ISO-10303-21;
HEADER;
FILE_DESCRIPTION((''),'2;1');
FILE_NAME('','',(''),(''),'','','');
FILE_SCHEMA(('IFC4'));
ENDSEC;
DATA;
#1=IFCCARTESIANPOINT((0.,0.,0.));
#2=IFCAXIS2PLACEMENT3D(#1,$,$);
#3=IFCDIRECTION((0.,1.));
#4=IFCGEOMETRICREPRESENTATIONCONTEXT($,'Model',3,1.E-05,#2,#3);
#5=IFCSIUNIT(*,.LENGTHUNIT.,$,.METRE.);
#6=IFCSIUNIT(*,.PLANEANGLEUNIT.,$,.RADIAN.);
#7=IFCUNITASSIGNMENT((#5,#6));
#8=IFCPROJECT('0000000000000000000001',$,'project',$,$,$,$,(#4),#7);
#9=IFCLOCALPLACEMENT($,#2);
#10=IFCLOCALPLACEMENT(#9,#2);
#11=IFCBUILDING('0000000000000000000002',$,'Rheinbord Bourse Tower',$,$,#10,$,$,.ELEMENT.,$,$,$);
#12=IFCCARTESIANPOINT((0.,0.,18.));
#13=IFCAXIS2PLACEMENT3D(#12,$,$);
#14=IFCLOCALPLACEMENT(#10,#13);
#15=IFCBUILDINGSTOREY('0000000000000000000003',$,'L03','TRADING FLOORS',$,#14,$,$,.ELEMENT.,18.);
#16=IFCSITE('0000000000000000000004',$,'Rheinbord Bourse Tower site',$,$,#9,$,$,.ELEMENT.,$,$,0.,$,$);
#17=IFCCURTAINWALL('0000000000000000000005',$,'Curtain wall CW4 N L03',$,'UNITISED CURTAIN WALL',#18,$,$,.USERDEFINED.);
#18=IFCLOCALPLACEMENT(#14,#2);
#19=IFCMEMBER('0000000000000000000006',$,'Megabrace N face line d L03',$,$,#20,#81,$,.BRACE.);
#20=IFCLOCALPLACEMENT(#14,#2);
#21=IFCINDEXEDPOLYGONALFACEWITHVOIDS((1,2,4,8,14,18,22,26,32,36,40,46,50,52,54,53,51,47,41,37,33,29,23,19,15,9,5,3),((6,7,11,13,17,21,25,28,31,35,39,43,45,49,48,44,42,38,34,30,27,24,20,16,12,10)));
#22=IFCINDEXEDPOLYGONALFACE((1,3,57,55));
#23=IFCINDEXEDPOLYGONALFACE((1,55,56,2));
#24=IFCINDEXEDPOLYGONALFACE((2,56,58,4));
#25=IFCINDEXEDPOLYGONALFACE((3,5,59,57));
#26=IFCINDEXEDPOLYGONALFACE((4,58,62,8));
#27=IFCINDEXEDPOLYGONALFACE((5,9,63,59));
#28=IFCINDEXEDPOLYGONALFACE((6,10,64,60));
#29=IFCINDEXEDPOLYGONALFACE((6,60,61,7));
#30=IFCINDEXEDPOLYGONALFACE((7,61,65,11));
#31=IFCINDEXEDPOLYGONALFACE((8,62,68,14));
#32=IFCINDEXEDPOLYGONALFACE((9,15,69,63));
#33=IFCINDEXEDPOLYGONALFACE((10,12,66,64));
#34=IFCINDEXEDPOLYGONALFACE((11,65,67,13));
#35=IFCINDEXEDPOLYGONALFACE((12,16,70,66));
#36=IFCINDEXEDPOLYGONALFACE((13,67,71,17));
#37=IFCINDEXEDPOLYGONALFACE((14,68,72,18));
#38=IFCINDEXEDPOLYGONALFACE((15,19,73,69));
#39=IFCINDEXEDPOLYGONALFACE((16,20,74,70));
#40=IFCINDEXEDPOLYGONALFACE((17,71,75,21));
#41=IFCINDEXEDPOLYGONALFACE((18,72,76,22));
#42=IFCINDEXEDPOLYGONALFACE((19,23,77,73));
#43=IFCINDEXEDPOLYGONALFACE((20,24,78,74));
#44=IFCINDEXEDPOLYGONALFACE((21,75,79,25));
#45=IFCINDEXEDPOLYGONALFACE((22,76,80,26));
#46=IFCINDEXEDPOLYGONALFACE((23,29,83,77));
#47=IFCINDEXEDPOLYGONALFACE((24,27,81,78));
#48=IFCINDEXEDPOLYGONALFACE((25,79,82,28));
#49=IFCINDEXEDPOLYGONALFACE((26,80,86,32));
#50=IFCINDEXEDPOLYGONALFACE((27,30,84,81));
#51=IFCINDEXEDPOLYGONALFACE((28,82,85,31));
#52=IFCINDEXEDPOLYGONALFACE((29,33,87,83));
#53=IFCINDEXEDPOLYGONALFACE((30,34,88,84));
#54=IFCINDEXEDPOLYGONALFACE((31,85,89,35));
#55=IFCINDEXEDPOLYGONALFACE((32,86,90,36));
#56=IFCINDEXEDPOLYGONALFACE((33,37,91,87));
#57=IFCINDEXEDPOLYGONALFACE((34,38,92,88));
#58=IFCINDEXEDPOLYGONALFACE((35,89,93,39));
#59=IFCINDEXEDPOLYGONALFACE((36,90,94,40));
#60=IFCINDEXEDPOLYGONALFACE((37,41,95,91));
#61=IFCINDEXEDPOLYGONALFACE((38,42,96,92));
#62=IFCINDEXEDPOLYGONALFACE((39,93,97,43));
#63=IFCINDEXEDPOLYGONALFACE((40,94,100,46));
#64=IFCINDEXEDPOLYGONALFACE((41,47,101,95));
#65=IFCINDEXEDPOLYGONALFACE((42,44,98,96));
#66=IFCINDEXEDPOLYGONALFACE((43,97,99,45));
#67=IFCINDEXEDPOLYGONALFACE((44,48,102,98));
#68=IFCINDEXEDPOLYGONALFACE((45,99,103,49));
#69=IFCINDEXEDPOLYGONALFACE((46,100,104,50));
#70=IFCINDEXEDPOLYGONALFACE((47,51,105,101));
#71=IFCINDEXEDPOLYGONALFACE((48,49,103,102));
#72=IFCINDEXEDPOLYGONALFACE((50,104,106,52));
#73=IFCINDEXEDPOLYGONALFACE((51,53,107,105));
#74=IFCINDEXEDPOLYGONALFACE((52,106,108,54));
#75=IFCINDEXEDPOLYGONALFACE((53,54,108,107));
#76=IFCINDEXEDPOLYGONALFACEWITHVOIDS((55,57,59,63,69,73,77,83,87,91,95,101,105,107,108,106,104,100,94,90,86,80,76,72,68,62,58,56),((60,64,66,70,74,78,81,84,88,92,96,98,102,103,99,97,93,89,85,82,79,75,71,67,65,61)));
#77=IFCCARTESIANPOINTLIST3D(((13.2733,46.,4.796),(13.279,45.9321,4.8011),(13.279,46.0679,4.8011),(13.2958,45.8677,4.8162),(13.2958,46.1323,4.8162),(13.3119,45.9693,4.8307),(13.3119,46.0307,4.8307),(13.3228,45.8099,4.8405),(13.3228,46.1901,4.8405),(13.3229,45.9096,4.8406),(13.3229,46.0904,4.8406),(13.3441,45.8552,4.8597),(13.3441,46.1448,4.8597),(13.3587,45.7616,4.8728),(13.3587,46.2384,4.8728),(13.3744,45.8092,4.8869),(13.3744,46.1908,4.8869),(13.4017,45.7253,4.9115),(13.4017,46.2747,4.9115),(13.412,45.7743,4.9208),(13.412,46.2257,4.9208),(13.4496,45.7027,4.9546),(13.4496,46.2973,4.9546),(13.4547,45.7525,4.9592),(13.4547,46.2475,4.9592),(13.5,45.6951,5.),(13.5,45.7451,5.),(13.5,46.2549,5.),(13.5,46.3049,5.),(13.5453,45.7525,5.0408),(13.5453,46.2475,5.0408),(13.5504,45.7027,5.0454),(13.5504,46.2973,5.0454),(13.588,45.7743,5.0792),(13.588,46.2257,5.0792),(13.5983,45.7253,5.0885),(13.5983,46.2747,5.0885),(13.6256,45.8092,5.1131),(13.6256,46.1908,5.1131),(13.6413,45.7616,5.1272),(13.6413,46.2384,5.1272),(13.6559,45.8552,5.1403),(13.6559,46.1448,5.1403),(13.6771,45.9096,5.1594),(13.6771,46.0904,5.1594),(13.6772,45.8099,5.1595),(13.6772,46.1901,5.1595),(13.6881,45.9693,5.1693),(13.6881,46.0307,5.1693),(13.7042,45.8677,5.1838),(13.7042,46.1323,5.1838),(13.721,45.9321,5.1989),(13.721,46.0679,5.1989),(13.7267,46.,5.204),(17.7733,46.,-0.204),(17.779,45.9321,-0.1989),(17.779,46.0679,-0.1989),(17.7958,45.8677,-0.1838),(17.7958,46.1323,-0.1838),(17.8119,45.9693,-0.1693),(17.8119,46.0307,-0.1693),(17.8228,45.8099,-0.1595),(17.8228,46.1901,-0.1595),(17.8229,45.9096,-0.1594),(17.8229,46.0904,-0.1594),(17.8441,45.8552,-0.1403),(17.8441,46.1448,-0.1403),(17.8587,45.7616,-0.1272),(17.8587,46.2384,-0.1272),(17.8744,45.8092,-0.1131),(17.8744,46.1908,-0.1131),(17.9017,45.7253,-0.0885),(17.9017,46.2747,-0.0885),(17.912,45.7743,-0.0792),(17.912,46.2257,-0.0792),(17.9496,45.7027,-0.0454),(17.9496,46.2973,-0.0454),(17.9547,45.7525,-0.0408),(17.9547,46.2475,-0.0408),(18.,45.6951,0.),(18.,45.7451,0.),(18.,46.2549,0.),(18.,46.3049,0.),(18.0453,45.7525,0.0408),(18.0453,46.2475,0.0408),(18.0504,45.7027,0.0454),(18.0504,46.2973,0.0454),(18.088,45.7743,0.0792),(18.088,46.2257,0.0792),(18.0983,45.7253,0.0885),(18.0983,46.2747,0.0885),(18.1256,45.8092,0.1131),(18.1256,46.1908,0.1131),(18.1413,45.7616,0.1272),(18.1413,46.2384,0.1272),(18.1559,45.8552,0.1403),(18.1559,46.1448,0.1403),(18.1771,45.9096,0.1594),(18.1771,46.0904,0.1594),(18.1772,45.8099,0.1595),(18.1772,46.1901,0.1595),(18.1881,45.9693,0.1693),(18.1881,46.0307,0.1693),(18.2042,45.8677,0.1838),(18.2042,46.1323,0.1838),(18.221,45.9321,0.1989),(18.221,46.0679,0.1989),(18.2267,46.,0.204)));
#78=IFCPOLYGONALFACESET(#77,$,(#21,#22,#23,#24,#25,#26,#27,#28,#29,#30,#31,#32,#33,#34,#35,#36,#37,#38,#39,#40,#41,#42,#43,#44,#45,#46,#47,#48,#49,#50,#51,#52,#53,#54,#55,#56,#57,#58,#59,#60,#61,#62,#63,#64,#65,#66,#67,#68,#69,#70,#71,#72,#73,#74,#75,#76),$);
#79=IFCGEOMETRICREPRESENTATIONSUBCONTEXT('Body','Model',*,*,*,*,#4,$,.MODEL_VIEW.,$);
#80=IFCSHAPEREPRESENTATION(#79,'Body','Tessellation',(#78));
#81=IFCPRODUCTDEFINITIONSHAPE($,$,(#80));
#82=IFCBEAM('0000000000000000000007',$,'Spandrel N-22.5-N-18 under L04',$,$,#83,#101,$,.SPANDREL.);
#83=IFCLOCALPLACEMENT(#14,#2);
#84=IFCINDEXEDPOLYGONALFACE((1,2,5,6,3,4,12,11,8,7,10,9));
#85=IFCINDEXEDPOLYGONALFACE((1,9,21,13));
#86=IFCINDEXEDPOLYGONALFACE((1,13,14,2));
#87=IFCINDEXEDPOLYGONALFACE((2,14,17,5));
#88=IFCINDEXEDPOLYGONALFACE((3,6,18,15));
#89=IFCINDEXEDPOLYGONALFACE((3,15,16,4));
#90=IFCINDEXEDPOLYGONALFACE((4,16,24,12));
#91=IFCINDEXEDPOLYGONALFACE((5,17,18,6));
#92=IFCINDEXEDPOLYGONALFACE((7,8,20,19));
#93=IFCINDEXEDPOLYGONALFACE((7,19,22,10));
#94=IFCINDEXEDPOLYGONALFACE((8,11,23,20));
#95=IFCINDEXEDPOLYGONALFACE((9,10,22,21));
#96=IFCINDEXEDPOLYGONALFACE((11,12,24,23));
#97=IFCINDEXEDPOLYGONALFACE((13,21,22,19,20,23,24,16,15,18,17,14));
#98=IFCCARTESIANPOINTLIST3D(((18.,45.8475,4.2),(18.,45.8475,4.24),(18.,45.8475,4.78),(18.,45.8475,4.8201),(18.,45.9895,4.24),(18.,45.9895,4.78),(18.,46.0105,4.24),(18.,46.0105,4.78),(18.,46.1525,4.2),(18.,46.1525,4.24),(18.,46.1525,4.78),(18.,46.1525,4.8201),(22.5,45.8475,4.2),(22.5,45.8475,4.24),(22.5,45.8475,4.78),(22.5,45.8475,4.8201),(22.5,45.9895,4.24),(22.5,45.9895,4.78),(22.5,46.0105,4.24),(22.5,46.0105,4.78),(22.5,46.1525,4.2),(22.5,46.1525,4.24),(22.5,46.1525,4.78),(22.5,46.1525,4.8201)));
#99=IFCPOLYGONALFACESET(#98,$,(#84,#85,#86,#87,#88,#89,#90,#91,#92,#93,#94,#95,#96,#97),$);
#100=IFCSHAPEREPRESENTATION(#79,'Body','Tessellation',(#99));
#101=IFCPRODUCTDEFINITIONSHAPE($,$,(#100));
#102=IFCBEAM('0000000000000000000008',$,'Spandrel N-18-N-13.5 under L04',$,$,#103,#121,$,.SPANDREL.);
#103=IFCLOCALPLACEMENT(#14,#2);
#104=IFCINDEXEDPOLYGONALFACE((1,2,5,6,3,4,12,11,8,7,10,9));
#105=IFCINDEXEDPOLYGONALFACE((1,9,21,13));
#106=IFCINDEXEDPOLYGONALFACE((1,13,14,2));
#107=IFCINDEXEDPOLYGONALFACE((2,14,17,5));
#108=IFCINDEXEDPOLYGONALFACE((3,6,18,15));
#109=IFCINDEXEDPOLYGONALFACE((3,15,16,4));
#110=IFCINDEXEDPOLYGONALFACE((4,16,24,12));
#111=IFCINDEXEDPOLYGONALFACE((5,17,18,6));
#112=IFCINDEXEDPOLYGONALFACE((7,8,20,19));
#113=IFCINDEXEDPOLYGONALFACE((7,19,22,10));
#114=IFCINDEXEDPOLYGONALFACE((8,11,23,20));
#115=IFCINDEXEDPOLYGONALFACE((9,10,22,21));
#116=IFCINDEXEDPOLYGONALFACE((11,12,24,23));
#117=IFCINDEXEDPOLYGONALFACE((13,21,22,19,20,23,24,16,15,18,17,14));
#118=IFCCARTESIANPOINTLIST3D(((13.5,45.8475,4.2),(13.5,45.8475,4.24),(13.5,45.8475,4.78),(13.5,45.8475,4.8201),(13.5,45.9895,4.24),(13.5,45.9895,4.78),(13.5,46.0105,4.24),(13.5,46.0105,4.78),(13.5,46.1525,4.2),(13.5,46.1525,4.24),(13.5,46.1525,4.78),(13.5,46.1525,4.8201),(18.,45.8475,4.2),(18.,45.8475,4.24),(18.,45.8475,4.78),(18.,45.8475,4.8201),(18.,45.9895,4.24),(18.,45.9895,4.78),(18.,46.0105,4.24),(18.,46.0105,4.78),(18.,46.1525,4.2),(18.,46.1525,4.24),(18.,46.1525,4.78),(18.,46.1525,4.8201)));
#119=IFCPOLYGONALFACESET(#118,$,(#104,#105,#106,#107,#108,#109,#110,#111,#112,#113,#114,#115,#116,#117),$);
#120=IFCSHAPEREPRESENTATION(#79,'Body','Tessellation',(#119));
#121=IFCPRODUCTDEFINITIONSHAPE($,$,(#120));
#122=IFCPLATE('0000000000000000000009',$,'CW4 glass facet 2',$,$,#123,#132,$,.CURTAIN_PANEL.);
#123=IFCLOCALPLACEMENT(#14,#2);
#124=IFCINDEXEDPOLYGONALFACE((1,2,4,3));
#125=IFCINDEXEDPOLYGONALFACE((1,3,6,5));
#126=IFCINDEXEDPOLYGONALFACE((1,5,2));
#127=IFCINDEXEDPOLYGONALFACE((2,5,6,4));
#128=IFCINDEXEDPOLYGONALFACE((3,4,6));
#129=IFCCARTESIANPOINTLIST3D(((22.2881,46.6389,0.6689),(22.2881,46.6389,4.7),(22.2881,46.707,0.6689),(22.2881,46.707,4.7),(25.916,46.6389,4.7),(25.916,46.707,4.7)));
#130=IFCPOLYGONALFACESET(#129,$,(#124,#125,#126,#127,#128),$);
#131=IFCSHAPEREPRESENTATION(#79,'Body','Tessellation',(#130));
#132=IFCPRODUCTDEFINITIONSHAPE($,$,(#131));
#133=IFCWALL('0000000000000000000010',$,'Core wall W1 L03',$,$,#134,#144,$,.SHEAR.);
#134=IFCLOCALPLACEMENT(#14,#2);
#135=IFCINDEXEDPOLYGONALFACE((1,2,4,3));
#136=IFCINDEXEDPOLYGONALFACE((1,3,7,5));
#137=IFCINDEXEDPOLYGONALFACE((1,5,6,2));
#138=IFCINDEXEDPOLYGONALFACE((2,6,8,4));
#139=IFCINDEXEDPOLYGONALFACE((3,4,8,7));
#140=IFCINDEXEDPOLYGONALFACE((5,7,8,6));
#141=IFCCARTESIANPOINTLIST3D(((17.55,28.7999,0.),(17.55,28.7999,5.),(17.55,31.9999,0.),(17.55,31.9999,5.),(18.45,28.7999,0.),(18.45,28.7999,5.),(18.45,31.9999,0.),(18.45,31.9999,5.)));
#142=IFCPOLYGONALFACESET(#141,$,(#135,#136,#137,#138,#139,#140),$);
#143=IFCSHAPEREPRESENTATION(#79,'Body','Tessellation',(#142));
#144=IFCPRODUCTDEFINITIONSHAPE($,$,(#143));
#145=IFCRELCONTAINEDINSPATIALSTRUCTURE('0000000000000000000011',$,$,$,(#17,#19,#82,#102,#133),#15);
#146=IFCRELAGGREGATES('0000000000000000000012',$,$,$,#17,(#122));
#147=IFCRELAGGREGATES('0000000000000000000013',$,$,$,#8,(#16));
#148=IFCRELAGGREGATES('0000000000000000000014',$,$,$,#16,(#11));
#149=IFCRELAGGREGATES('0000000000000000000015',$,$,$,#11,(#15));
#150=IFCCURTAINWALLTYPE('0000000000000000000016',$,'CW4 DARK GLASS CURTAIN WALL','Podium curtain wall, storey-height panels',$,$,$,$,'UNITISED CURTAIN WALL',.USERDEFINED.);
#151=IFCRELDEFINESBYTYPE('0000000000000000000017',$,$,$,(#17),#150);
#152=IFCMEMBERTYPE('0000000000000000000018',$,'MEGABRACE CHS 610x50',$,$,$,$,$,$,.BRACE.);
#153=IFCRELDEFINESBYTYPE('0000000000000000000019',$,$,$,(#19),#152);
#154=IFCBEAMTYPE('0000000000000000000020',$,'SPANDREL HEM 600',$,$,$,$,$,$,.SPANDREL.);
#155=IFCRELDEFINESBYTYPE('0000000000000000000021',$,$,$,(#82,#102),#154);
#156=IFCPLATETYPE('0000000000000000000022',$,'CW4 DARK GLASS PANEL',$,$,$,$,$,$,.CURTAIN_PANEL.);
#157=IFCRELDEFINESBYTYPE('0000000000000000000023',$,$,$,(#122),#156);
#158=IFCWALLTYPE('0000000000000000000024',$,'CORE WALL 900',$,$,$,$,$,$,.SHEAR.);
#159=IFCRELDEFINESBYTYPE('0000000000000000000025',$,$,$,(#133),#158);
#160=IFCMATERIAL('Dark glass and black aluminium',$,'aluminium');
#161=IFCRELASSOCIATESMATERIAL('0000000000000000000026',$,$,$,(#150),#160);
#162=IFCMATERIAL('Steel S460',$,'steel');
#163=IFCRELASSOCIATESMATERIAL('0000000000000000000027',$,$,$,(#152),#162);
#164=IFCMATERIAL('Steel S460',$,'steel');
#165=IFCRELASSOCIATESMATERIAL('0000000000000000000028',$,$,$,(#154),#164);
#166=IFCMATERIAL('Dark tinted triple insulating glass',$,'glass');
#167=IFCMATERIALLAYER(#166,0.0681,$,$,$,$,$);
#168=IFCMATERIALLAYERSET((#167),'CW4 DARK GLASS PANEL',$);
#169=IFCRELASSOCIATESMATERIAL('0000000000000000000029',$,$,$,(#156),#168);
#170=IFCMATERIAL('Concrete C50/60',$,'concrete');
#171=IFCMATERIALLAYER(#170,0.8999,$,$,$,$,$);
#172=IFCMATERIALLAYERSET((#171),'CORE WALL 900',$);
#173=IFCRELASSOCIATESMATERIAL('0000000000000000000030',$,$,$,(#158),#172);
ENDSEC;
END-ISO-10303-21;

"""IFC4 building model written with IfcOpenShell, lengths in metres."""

from ifc_helpers import new_model, si_unit, direction, frame, frame_2d, origin, origin_2d, place, context, subcontext, project, spatial, polyline, rectangle, hollow_circle, i_section, outline, extrude, material, layer, layer_set, material_profile, profile_set, type_object, element, aggregate, save


model = new_model("IFC4")

# Units and contexts
model_context = context("Model", 3, precision=1e-05, world=origin(), true_north=direction((0.0, 1.0)))
body_context = subcontext(model_context, "Body", "Model", "MODEL_VIEW")
ifc_project = project(units=[si_unit("LENGTHUNIT", "METRE"), si_unit("PLANEANGLEUNIT", "RADIAN")], contexts=[model_context])

# Site, building, storey
site_placement = place(None, origin())
site = spatial("IfcSite", under=ifc_project, at=site_placement, Name="Rheinbord Bourse Tower site", CompositionType="ELEMENT", RefElevation=0.0)
building_placement = place(site_placement, origin())
building = spatial("IfcBuilding", under=site, at=building_placement, Name="Rheinbord Bourse Tower", CompositionType="ELEMENT")
storey_placement = place(building_placement, frame((0.0, 0.0, 18.0)))
storey = spatial("IfcBuildingStorey", under=building, at=storey_placement, Name="L03", Description="TRADING FLOORS", CompositionType="ELEMENT", Elevation=18.0)

# Curtain wall
ifc_material_1 = material(Name="Dark glass and black aluminium", Category="aluminium")
curtain_wall_type = type_object("IfcCurtainWallType", Name="CW4 DARK GLASS CURTAIN WALL", Description="Podium curtain wall, storey-height panels", ElementType="UNITISED CURTAIN WALL", PredefinedType="USERDEFINED", material=ifc_material_1)
curtain_wall_placement = place(storey_placement, origin())
curtain_wall = element("IfcCurtainWall", 1, at=curtain_wall_placement, inside=storey, type_object=curtain_wall_type, Name="Curtain wall CW4 N L03", ObjectType="UNITISED CURTAIN WALL", PredefinedType="USERDEFINED")

# Member
ifc_material_2 = material(Name="Steel S460", Category="steel")
ifc_material_profile_1 = material_profile(ifc_material_2, hollow_circle(Radius=0.3049, WallThickness=0.05, at=origin_2d()), Name="CHS 610x50")
ifc_profile_set_1 = profile_set([ifc_material_profile_1], Name="Steel S460")
member_type_1 = type_object("IfcMemberType", Name="MEGABRACE CHS 610x50", PredefinedType="BRACE", material=ifc_profile_set_1)
member_1_placement = place(storey_placement, frame((18.0, 46.0, 0.0), z_axis=(-0.668965, 0.0, 0.743294), x_axis=(0.0, -1.0, 0.0)))
element("IfcMember", 2, at=member_1_placement, inside=storey, type_object=member_type_1, Name="Megabrace N face line d L03", PredefinedType="BRACE", context=body_context, shape_type="SweptSolid", body=[
    extrude(hollow_circle(Radius=0.3049, WallThickness=0.05, at=origin_2d()), origin(), (0.0, 0.0, 1.0), 6.7268),
])

# Beams
ifc_material_3 = material(Name="Steel S460", Category="steel")
ifc_material_profile_2 = material_profile(ifc_material_3, i_section(OverallWidth=0.3049, OverallDepth=0.6201, WebThickness=0.021, FlangeThickness=0.04, at=origin_2d()), Name="HEM 600")
ifc_profile_set_2 = profile_set([ifc_material_profile_2], Name="Steel S460")
beam_type_1 = type_object("IfcBeamType", Name="SPANDREL HEM 600", PredefinedType="SPANDREL", material=ifc_profile_set_2)
for number, where, z_axis, x_axis, name in (
    (3, (22.5, 46.0, 4.51), (-1.0, 0.0, 0.0), (0.0, -1.0, 0.0), "Spandrel N-22.5-N-18 under L04"),
    (4, (18.0, 46.0, 4.51), (-1.0, 0.0, 0.0), (0.0, -1.0, 0.0), "Spandrel N-18-N-13.5 under L04"),
):
    element("IfcBeam", number, at=place(storey_placement, frame(where, z_axis=z_axis, x_axis=x_axis)), inside=storey, type_object=beam_type_1, Name=name, PredefinedType="SPANDREL", context=body_context, shape_type="SweptSolid", body=[
        extrude(i_section(OverallWidth=0.3049, OverallDepth=0.6201, WebThickness=0.021, FlangeThickness=0.04, at=origin_2d()), origin(), (0.0, 0.0, 1.0), 4.5),
    ])

# Plate
ifc_material_4 = material(Name="Dark tinted triple insulating glass", Category="glass")
ifc_layer_1 = layer(ifc_material_4, 0.0681)
ifc_layer_set_1 = layer_set([ifc_layer_1], Name="CW4 DARK GLASS PANEL")
plate_type = type_object("IfcPlateType", Name="CW4 DARK GLASS PANEL", PredefinedType="CURTAIN_PANEL", material=ifc_layer_set_1)
plate_1_placement = place(storey_placement, frame((22.2881, 46.707, 4.7), z_axis=(0.0, -1.0, 0.0), x_axis=(0.0, 0.0, -1.0)))
plate_1 = element("IfcPlate", 5, at=plate_1_placement, type_object=plate_type, Name="CW4 glass facet 2", PredefinedType="CURTAIN_PANEL", context=body_context, shape_type="SweptSolid", body=[
    extrude(outline(polyline([(0.0, 0.0), (4.031, 0.0), (0.0, 3.6279), (0.0, 0.0)])), origin(), (0.0, 0.0, 1.0), 0.0681),
])
aggregate(curtain_wall, [plate_1])

# Wall
ifc_material_5 = material(Name="Concrete C50/60", Category="concrete")
ifc_layer_2 = layer(ifc_material_5, 0.8999)
ifc_layer_set_2 = layer_set([ifc_layer_2], Name="CORE WALL 900")
wall_type_1 = type_object("IfcWallType", Name="CORE WALL 900", PredefinedType="SHEAR", material=ifc_layer_set_2)
wall_1_placement = place(storey_placement, frame((18.0, 32.0, 0.0), z_axis=(0.0, 0.0, 1.0), x_axis=(0.0, -1.0, 0.0)))
element("IfcWall", 6, at=wall_1_placement, inside=storey, type_object=wall_type_1, Name="Core wall W1 L03", PredefinedType="SHEAR", context=body_context, shape_type="SweptSolid", body=[
    extrude(rectangle(XDim=3.2, YDim=0.8999, at=frame_2d((1.6001, 0.0))), origin(), (0.0, 0.0, 1.0), 5.0),
])

save(model, "model.ifc")
